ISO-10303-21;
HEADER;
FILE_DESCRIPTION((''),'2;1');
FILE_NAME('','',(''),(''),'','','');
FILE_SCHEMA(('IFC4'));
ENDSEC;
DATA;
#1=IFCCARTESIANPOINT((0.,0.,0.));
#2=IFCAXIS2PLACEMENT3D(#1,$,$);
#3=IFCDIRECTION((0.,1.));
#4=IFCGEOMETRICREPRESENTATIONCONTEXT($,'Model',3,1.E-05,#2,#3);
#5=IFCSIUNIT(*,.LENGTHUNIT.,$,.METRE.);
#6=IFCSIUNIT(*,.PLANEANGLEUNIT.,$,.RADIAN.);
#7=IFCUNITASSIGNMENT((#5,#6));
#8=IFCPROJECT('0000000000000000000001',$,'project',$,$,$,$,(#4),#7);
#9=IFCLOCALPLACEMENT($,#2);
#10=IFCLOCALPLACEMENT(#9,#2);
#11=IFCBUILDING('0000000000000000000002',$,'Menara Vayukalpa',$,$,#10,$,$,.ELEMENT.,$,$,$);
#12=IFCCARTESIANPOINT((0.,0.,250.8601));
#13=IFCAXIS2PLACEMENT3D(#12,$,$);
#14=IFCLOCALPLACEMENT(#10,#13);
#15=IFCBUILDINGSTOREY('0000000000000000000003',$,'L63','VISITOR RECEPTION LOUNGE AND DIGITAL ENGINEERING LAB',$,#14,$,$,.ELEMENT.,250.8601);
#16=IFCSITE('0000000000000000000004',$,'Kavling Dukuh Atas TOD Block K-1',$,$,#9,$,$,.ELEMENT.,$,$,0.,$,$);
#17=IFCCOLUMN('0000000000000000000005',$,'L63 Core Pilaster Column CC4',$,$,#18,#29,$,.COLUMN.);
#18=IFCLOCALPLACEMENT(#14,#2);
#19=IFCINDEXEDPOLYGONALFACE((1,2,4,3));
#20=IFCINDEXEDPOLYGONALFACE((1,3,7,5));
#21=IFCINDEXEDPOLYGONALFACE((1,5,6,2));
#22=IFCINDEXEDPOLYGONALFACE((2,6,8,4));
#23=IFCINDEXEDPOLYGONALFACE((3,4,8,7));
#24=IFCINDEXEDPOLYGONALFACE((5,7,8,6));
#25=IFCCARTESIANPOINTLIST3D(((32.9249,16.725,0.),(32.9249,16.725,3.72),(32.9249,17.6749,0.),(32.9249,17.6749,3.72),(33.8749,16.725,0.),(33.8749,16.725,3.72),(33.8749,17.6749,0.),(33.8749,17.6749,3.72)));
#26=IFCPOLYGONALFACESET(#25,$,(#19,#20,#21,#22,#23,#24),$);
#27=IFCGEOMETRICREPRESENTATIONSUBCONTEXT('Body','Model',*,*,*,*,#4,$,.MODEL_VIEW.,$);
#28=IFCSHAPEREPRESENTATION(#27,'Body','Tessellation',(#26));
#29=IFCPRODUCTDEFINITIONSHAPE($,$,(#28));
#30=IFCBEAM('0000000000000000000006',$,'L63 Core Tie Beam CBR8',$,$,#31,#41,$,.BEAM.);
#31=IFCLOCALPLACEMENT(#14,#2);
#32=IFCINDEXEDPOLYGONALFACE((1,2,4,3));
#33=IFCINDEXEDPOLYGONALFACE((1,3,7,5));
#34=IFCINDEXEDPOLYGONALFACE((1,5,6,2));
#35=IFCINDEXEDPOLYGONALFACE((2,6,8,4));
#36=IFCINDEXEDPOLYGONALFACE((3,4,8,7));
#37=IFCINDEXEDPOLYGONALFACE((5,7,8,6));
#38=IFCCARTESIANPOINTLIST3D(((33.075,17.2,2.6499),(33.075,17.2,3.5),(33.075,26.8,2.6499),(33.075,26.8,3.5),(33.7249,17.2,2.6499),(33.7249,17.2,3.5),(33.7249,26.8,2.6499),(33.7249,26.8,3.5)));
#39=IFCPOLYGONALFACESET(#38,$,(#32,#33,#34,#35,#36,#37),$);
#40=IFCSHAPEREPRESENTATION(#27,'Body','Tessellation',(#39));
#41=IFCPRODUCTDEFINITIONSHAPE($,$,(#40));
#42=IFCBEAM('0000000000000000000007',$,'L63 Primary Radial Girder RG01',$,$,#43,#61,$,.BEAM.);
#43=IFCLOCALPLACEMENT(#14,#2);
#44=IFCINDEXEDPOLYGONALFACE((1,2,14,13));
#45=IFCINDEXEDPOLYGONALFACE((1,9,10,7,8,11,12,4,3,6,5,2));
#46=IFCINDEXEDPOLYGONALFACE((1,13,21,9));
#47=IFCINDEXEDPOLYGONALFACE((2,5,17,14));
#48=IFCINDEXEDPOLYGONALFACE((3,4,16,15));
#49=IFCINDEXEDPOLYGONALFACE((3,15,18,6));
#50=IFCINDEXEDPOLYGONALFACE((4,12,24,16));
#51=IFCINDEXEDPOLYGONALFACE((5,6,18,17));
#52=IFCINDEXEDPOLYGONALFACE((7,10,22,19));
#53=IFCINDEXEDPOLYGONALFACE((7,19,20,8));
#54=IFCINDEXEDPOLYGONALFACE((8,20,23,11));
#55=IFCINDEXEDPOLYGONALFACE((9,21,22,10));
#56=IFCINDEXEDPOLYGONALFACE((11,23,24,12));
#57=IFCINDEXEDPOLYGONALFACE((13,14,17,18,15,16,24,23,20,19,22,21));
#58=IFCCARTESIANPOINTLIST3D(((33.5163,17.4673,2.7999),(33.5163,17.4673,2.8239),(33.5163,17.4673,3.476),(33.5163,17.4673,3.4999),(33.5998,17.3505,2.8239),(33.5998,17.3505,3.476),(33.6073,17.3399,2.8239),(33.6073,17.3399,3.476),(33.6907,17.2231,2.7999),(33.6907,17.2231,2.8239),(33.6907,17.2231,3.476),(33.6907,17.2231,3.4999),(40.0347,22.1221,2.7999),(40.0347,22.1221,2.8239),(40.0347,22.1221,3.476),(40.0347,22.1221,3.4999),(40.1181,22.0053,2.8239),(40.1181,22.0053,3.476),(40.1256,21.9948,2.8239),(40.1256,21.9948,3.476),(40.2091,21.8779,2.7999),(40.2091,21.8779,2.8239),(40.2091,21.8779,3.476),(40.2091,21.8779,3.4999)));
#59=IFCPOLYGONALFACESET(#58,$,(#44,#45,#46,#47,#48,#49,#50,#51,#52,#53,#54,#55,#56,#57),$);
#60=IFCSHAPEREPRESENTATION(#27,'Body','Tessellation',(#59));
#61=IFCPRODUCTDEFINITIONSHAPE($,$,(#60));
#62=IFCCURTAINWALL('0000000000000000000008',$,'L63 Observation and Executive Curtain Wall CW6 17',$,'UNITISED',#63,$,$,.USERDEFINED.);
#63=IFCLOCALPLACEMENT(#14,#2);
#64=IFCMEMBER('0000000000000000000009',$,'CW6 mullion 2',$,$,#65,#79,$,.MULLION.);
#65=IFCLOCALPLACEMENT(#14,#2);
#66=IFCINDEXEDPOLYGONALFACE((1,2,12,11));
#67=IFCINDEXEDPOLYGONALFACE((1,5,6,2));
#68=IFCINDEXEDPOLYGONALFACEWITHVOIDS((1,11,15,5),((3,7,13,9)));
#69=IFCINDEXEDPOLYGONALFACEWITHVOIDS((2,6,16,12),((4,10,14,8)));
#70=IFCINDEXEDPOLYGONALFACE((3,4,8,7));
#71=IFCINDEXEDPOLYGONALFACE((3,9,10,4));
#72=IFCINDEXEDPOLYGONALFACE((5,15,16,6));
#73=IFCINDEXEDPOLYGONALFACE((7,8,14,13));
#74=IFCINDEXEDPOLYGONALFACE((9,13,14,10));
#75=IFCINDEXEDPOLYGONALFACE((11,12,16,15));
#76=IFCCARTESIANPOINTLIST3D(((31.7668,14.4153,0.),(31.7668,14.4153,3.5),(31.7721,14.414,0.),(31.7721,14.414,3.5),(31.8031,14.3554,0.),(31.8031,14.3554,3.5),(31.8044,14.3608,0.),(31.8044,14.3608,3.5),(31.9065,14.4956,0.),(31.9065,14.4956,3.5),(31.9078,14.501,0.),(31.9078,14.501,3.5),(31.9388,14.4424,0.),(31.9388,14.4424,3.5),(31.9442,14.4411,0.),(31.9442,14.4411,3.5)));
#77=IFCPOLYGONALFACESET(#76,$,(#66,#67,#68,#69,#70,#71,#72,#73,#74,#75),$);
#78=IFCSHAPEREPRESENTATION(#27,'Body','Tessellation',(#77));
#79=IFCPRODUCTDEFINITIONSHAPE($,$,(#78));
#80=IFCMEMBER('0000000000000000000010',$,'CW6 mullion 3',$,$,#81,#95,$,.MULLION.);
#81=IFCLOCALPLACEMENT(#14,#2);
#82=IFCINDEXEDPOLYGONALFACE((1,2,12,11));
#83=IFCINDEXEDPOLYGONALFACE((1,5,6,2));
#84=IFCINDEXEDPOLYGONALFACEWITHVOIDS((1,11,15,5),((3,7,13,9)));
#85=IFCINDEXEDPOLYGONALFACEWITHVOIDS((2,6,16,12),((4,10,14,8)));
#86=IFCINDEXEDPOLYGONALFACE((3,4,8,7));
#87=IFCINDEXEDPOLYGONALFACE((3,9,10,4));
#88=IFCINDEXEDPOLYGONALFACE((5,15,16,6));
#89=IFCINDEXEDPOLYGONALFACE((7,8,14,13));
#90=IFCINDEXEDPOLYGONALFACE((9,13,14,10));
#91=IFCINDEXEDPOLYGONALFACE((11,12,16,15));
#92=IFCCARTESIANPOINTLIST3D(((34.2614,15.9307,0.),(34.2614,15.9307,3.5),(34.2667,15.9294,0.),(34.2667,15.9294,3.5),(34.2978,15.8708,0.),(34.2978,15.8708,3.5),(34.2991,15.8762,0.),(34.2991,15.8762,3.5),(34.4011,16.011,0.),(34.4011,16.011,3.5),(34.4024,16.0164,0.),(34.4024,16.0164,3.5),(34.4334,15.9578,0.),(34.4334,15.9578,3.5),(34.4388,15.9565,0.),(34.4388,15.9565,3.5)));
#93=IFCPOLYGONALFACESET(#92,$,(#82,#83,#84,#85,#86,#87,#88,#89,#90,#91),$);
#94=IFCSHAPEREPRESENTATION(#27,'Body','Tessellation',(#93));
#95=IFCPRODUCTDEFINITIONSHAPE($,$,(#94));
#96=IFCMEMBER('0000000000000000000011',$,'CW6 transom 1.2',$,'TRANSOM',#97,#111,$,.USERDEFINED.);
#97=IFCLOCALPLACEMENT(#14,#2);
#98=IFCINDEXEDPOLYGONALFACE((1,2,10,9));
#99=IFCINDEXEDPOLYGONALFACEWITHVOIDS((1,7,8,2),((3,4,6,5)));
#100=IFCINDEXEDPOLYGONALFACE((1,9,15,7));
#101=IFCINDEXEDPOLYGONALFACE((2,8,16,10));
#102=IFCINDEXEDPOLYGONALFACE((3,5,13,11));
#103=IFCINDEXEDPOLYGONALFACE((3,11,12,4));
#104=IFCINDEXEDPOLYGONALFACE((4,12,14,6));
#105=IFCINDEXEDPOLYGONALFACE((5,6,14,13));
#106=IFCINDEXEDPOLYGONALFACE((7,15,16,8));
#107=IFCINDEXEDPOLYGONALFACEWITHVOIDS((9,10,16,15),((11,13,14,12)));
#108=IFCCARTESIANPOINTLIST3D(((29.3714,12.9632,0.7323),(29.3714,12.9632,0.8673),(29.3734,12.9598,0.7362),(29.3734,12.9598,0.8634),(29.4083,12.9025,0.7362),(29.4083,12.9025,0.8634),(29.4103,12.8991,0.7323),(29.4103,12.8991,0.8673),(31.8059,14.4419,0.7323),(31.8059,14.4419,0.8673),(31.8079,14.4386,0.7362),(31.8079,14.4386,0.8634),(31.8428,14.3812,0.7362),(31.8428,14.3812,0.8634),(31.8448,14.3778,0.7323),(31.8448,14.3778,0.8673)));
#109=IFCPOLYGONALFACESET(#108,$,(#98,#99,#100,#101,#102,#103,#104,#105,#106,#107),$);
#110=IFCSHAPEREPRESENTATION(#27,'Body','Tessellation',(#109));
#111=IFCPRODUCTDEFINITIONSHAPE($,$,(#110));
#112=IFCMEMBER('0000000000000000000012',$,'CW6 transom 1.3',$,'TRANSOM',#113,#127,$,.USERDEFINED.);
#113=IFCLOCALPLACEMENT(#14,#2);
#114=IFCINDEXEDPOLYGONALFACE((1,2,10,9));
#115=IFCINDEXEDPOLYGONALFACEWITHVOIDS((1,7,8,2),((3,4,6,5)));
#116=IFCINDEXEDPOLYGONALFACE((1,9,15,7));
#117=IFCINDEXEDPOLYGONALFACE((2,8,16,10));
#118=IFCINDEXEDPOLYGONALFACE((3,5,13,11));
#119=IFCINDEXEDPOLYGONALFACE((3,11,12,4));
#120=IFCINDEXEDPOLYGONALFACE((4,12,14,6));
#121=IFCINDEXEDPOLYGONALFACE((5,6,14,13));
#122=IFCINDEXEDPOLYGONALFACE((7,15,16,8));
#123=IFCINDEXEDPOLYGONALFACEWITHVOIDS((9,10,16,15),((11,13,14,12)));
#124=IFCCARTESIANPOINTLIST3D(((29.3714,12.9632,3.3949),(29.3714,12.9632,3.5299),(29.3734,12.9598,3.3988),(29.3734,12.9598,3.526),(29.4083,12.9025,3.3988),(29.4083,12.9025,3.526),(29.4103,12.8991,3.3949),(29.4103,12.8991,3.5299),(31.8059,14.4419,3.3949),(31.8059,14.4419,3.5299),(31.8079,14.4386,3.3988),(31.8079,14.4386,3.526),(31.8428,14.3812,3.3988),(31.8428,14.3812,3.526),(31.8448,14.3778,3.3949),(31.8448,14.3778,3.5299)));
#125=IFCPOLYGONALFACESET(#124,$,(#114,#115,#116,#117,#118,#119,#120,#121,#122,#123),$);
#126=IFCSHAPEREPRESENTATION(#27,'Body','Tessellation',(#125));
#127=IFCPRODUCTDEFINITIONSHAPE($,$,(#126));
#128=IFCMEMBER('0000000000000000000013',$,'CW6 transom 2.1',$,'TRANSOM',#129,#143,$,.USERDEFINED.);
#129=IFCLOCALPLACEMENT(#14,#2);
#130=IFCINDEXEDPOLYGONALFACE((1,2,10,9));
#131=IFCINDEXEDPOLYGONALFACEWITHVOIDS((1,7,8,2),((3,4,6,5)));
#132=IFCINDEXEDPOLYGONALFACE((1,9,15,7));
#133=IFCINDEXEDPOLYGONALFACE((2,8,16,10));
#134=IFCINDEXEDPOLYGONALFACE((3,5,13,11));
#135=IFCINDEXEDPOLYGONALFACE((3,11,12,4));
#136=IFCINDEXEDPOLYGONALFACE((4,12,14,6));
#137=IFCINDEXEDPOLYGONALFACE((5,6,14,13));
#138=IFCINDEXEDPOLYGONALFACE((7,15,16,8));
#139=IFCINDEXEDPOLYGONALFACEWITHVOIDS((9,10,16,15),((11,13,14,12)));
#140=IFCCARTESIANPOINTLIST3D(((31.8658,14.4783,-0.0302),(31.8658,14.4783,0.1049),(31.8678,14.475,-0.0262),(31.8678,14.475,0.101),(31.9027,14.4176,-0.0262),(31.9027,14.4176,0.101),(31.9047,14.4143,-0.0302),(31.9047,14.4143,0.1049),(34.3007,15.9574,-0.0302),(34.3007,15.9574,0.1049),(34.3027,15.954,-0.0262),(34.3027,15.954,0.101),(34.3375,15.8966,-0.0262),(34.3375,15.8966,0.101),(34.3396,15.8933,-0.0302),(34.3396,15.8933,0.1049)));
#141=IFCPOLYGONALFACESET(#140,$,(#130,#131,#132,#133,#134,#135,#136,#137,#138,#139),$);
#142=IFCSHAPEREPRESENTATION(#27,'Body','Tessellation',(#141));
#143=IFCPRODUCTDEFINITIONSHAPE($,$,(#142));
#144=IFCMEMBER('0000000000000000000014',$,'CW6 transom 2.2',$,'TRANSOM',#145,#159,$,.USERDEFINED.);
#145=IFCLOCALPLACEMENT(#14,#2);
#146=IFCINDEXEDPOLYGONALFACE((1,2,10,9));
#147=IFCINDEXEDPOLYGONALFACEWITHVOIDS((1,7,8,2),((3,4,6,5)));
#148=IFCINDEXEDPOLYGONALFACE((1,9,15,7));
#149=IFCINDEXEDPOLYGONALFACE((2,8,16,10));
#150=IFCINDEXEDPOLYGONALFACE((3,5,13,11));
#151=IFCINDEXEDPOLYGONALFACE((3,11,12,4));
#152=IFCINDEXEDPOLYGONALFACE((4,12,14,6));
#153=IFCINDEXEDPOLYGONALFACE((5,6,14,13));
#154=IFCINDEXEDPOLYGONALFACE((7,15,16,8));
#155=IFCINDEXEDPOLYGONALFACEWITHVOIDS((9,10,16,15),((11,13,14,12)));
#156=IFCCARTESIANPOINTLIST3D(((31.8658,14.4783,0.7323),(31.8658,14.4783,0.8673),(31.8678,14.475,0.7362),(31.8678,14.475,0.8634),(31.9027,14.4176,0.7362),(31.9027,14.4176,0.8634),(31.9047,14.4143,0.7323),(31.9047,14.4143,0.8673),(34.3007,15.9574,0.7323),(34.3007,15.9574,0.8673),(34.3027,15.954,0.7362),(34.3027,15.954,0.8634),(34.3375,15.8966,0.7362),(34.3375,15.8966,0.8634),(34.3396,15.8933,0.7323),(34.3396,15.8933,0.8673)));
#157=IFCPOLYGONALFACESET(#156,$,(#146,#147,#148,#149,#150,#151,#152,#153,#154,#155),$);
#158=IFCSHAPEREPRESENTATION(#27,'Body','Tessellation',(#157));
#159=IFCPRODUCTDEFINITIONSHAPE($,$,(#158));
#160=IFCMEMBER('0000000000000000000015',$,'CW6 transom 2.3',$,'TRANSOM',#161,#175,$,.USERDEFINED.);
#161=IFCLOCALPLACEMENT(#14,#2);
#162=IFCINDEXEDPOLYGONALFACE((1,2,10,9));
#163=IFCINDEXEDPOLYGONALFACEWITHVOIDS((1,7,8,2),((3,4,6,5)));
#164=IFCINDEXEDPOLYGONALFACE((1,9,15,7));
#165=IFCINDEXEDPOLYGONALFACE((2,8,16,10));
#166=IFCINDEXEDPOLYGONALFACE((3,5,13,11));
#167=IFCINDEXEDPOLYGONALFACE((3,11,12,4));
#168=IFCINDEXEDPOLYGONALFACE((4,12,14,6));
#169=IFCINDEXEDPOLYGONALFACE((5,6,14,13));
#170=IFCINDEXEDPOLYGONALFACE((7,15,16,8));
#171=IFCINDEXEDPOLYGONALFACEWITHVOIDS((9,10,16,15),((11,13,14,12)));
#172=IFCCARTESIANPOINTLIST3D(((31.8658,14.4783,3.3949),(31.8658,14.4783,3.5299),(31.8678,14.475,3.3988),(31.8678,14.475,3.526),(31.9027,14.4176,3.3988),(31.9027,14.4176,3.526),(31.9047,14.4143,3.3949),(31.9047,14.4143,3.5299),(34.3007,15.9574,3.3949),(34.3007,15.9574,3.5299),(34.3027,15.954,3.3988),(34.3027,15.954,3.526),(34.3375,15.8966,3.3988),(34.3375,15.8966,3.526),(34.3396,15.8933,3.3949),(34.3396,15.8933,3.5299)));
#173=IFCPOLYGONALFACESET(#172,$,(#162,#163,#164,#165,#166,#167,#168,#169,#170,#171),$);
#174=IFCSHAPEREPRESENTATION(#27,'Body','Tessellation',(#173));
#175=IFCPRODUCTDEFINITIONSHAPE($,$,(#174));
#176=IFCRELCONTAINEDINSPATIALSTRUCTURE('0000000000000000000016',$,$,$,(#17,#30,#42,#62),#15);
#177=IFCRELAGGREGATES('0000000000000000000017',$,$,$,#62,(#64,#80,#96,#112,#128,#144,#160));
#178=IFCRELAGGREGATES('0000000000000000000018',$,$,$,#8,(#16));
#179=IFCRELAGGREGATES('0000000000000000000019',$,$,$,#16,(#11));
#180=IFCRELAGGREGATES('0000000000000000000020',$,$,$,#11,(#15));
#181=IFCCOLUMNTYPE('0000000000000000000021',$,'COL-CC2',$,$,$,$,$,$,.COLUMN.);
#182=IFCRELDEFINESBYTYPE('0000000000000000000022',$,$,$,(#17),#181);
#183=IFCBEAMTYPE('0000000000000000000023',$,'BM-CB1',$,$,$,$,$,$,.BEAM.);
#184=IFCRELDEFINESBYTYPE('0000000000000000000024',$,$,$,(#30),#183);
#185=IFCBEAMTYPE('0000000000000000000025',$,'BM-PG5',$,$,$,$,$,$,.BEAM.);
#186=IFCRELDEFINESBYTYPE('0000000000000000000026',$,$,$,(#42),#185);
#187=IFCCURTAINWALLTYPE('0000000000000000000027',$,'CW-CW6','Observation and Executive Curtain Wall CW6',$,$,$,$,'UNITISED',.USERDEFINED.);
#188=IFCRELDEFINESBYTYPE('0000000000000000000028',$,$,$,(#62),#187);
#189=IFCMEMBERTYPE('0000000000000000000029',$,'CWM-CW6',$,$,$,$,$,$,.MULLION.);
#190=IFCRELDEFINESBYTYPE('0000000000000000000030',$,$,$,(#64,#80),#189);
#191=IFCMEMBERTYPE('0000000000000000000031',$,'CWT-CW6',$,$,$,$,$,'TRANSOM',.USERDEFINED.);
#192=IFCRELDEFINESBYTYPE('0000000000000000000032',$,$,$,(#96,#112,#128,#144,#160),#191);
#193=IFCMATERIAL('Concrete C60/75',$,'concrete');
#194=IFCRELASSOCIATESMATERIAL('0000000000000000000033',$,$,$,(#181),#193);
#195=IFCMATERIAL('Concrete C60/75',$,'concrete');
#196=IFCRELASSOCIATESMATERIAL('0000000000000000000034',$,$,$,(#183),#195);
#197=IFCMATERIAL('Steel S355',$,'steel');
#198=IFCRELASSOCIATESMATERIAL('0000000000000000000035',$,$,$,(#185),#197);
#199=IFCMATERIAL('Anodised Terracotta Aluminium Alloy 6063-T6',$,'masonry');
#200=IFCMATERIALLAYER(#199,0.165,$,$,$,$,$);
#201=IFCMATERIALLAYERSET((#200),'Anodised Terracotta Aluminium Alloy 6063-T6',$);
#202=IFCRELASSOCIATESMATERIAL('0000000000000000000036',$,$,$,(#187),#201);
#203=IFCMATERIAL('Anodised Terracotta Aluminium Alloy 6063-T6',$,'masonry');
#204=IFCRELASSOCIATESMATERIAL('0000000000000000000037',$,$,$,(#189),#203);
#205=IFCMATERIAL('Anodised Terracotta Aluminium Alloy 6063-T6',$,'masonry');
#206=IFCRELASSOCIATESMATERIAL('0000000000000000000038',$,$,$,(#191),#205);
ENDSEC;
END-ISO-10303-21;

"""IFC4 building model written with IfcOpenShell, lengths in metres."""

from ifc_helpers import new_model, si_unit, direction, frame, origin, origin_2d, place, context, subcontext, project, spatial, rectangle, hollow_rectangle, i_section, extrude, material, layer, layer_set, material_profile, profile_set, type_object, element, aggregate, save


model = new_model("IFC4")

# Units and contexts
model_context = context("Model", 3, precision=1e-05, world=origin(), true_north=direction((0.0, 1.0)))
body_context = subcontext(model_context, "Body", "Model", "MODEL_VIEW")
ifc_project = project(units=[si_unit("LENGTHUNIT", "METRE"), si_unit("PLANEANGLEUNIT", "RADIAN")], contexts=[model_context])

# Site, building, storey
site_placement = place(None, origin())
site = spatial("IfcSite", under=ifc_project, at=site_placement, Name="Kavling Dukuh Atas TOD Block K-1", CompositionType="ELEMENT", RefElevation=0.0)
building_placement = place(site_placement, origin())
building = spatial("IfcBuilding", under=site, at=building_placement, Name="Menara Vayukalpa", CompositionType="ELEMENT")
storey_placement = place(building_placement, frame((0.0, 0.0, 250.8601)))
storey = spatial("IfcBuildingStorey", under=building, at=storey_placement, Name="L63", Description="VISITOR RECEPTION LOUNGE AND DIGITAL ENGINEERING LAB", CompositionType="ELEMENT", Elevation=250.8601)

# Column
ifc_material_1 = material(Name="Concrete C60/75", Category="concrete")
ifc_material_profile_1 = material_profile(ifc_material_1, rectangle(XDim=0.95, YDim=0.95, at=origin_2d()), Name="RC 950x950")
ifc_profile_set_1 = profile_set([ifc_material_profile_1], Name="Concrete C60/75")
column_type = type_object("IfcColumnType", Name="COL-CC2", PredefinedType="COLUMN", material=ifc_profile_set_1)
column_placement = place(storey_placement, frame((33.3999, 17.2, 0.0), z_axis=(0.0, 0.0, 1.0), x_axis=(1.0, 0.0, 0.0)))
element("IfcColumn", 1, at=column_placement, inside=storey, type_object=column_type, Name="L63 Core Pilaster Column CC4", PredefinedType="COLUMN", context=body_context, shape_type="SweptSolid", body=[
    extrude(rectangle(XDim=0.95, YDim=0.95, at=origin_2d()), origin(), (0.0, 0.0, 1.0), 3.72),
])

# Beams
ifc_material_2 = material(Name="Concrete C60/75", Category="concrete")
ifc_material_profile_2 = material_profile(ifc_material_2, rectangle(XDim=0.6499, YDim=0.8501, at=origin_2d()), Name="RC 650x850")
ifc_profile_set_2 = profile_set([ifc_material_profile_2], Name="Concrete C60/75")
beam_type_1 = type_object("IfcBeamType", Name="BM-CB1", PredefinedType="BEAM", material=ifc_profile_set_2)
beam_1_placement = place(storey_placement, frame((33.3999, 17.2, 3.075), z_axis=(0.0, 1.0, 0.0), x_axis=(-1.0, 0.0, 0.0)))
element("IfcBeam", 2, at=beam_1_placement, inside=storey, type_object=beam_type_1, Name="L63 Core Tie Beam CBR8", PredefinedType="BEAM", context=body_context, shape_type="SweptSolid", body=[
    extrude(rectangle(XDim=0.6499, YDim=0.8501, at=origin_2d()), origin(), (0.0, 0.0, 1.0), 9.6001),
])
ifc_material_3 = material(Name="Steel S355", Category="steel")
ifc_material_profile_3 = material_profile(ifc_material_3, i_section(OverallWidth=0.3, OverallDepth=0.7, WebThickness=0.0129, FlangeThickness=0.0239, at=origin_2d()), Name="WF 700x300x13x24")
ifc_profile_set_3 = profile_set([ifc_material_profile_3], Name="Steel S355")
beam_type_2 = type_object("IfcBeamType", Name="BM-PG5", PredefinedType="BEAM", material=ifc_profile_set_3)
beam_2_placement = place(storey_placement, frame((33.6035, 17.3452, 3.1499), z_axis=(0.813801, 0.581143, 0.0), x_axis=(-0.581143, 0.813801, 0.0)))
element("IfcBeam", 3, at=beam_2_placement, inside=storey, type_object=beam_type_2, Name="L63 Primary Radial Girder RG01", PredefinedType="BEAM", context=body_context, shape_type="SweptSolid", body=[
    extrude(i_section(OverallWidth=0.3, OverallDepth=0.7, WebThickness=0.0129, FlangeThickness=0.0239, at=origin_2d()), origin(), (0.0, 0.0, 1.0), 8.0098),
])

# Curtain wall, members
ifc_material_4 = material(Name="Anodised Terracotta Aluminium Alloy 6063-T6", Category="masonry")
ifc_layer_1 = layer(ifc_material_4, 0.165)
ifc_layer_set_1 = layer_set([ifc_layer_1], Name="Anodised Terracotta Aluminium Alloy 6063-T6")
curtain_wall_type = type_object("IfcCurtainWallType", Name="CW-CW6", Description="Observation and Executive Curtain Wall CW6", ElementType="UNITISED", PredefinedType="USERDEFINED", material=ifc_layer_set_1)
curtain_wall_placement = place(storey_placement, origin())
curtain_wall = element("IfcCurtainWall", 4, at=curtain_wall_placement, inside=storey, type_object=curtain_wall_type, Name="L63 Observation and Executive Curtain Wall CW6 17", ObjectType="UNITISED", PredefinedType="USERDEFINED")
ifc_material_5 = material(Name="Anodised Terracotta Aluminium Alloy 6063-T6", Category="masonry")
ifc_material_profile_4 = material_profile(ifc_material_5, hollow_rectangle(XDim=0.0701, YDim=0.165, WallThickness=0.0039, at=origin_2d()), Name="ALU 70x165x4")
ifc_profile_set_4 = profile_set([ifc_material_profile_4], Name="Anodised Terracotta Aluminium Alloy 6063-T6")
member_type_1 = type_object("IfcMemberType", Name="CWM-CW6", PredefinedType="MULLION", material=ifc_profile_set_4)
member_1_placement = place(storey_placement, frame((31.8555, 14.4282, 0.0), z_axis=(0.0, 0.0, 1.0), x_axis=(-0.519176, 0.854668, 0.0)))
member_1 = element("IfcMember", 5, at=member_1_placement, type_object=member_type_1, Name="CW6 mullion 2", PredefinedType="MULLION", context=body_context, shape_type="SweptSolid", body=[
    extrude(hollow_rectangle(XDim=0.0701, YDim=0.165, WallThickness=0.0039, at=origin_2d()), origin(), (0.0, 0.0, 1.0), 3.5),
])
member_2_placement = place(storey_placement, frame((34.3501, 15.9436, 0.0), z_axis=(0.0, 0.0, 1.0), x_axis=(-0.519176, 0.854668, 0.0)))
member_2 = element("IfcMember", 6, at=member_2_placement, type_object=member_type_1, Name="CW6 mullion 3", PredefinedType="MULLION", context=body_context, shape_type="SweptSolid", body=[
    extrude(hollow_rectangle(XDim=0.0701, YDim=0.165, WallThickness=0.0039, at=origin_2d()), origin(), (0.0, 0.0, 1.0), 3.5),
])
ifc_material_6 = material(Name="Anodised Terracotta Aluminium Alloy 6063-T6", Category="masonry")
ifc_material_profile_5 = material_profile(ifc_material_6, hollow_rectangle(XDim=0.075, YDim=0.135, WallThickness=0.0039, at=origin_2d()), Name="ALU 75x135x4")
ifc_profile_set_5 = profile_set([ifc_material_profile_5], Name="Anodised Terracotta Aluminium Alloy 6063-T6")
member_type_2 = type_object("IfcMemberType", Name="CWT-CW6", ElementType="TRANSOM", PredefinedType="USERDEFINED", material=ifc_profile_set_5)
member_3_placement = place(storey_placement, frame((29.3909, 12.9312, 0.7998), z_axis=(0.85469, 0.519139, 0.0), x_axis=(-0.519139, 0.85469, 0.0)))
member_3 = element("IfcMember", 7, at=member_3_placement, type_object=member_type_2, Name="CW6 transom 1.2", ObjectType="TRANSOM", PredefinedType="USERDEFINED", context=body_context, shape_type="SweptSolid", body=[
    extrude(hollow_rectangle(XDim=0.075, YDim=0.135, WallThickness=0.0039, at=origin_2d()), origin(), (0.0, 0.0, 1.0), 2.8484),
])
member_4_placement = place(storey_placement, frame((29.3909, 12.9312, 3.4624), z_axis=(0.85469, 0.519139, 0.0), x_axis=(-0.519139, 0.85469, 0.0)))
member_4 = element("IfcMember", 8, at=member_4_placement, type_object=member_type_2, Name="CW6 transom 1.3", ObjectType="TRANSOM", PredefinedType="USERDEFINED", context=body_context, shape_type="SweptSolid", body=[
    extrude(hollow_rectangle(XDim=0.075, YDim=0.135, WallThickness=0.0039, at=origin_2d()), origin(), (0.0, 0.0, 1.0), 2.8484),
])
member_5_placement = place(storey_placement, frame((31.8853, 14.4463, 0.0374), z_axis=(0.854675, 0.519164, 0.0), x_axis=(-0.519164, 0.854675, 0.0)))
member_5 = element("IfcMember", 9, at=member_5_placement, type_object=member_type_2, Name="CW6 transom 2.1", ObjectType="TRANSOM", PredefinedType="USERDEFINED", context=body_context, shape_type="SweptSolid", body=[
    extrude(hollow_rectangle(XDim=0.075, YDim=0.135, WallThickness=0.0039, at=origin_2d()), origin(), (0.0, 0.0, 1.0), 2.8489),
])
member_6_placement = place(storey_placement, frame((31.8853, 14.4463, 0.7998), z_axis=(0.854675, 0.519164, 0.0), x_axis=(-0.519164, 0.854675, 0.0)))
member_6 = element("IfcMember", 10, at=member_6_placement, type_object=member_type_2, Name="CW6 transom 2.2", ObjectType="TRANSOM", PredefinedType="USERDEFINED", context=body_context, shape_type="SweptSolid", body=[
    extrude(hollow_rectangle(XDim=0.075, YDim=0.135, WallThickness=0.0039, at=origin_2d()), origin(), (0.0, 0.0, 1.0), 2.8489),
])
member_7_placement = place(storey_placement, frame((31.8853, 14.4463, 3.4624), z_axis=(0.854675, 0.519164, 0.0), x_axis=(-0.519164, 0.854675, 0.0)))
member_7 = element("IfcMember", 11, at=member_7_placement, type_object=member_type_2, Name="CW6 transom 2.3", ObjectType="TRANSOM", PredefinedType="USERDEFINED", context=body_context, shape_type="SweptSolid", body=[
    extrude(hollow_rectangle(XDim=0.075, YDim=0.135, WallThickness=0.0039, at=origin_2d()), origin(), (0.0, 0.0, 1.0), 2.8489),
])
aggregate(curtain_wall, [member_1, member_2, member_3, member_4, member_5, member_6, member_7])

save(model, "model.ifc")
